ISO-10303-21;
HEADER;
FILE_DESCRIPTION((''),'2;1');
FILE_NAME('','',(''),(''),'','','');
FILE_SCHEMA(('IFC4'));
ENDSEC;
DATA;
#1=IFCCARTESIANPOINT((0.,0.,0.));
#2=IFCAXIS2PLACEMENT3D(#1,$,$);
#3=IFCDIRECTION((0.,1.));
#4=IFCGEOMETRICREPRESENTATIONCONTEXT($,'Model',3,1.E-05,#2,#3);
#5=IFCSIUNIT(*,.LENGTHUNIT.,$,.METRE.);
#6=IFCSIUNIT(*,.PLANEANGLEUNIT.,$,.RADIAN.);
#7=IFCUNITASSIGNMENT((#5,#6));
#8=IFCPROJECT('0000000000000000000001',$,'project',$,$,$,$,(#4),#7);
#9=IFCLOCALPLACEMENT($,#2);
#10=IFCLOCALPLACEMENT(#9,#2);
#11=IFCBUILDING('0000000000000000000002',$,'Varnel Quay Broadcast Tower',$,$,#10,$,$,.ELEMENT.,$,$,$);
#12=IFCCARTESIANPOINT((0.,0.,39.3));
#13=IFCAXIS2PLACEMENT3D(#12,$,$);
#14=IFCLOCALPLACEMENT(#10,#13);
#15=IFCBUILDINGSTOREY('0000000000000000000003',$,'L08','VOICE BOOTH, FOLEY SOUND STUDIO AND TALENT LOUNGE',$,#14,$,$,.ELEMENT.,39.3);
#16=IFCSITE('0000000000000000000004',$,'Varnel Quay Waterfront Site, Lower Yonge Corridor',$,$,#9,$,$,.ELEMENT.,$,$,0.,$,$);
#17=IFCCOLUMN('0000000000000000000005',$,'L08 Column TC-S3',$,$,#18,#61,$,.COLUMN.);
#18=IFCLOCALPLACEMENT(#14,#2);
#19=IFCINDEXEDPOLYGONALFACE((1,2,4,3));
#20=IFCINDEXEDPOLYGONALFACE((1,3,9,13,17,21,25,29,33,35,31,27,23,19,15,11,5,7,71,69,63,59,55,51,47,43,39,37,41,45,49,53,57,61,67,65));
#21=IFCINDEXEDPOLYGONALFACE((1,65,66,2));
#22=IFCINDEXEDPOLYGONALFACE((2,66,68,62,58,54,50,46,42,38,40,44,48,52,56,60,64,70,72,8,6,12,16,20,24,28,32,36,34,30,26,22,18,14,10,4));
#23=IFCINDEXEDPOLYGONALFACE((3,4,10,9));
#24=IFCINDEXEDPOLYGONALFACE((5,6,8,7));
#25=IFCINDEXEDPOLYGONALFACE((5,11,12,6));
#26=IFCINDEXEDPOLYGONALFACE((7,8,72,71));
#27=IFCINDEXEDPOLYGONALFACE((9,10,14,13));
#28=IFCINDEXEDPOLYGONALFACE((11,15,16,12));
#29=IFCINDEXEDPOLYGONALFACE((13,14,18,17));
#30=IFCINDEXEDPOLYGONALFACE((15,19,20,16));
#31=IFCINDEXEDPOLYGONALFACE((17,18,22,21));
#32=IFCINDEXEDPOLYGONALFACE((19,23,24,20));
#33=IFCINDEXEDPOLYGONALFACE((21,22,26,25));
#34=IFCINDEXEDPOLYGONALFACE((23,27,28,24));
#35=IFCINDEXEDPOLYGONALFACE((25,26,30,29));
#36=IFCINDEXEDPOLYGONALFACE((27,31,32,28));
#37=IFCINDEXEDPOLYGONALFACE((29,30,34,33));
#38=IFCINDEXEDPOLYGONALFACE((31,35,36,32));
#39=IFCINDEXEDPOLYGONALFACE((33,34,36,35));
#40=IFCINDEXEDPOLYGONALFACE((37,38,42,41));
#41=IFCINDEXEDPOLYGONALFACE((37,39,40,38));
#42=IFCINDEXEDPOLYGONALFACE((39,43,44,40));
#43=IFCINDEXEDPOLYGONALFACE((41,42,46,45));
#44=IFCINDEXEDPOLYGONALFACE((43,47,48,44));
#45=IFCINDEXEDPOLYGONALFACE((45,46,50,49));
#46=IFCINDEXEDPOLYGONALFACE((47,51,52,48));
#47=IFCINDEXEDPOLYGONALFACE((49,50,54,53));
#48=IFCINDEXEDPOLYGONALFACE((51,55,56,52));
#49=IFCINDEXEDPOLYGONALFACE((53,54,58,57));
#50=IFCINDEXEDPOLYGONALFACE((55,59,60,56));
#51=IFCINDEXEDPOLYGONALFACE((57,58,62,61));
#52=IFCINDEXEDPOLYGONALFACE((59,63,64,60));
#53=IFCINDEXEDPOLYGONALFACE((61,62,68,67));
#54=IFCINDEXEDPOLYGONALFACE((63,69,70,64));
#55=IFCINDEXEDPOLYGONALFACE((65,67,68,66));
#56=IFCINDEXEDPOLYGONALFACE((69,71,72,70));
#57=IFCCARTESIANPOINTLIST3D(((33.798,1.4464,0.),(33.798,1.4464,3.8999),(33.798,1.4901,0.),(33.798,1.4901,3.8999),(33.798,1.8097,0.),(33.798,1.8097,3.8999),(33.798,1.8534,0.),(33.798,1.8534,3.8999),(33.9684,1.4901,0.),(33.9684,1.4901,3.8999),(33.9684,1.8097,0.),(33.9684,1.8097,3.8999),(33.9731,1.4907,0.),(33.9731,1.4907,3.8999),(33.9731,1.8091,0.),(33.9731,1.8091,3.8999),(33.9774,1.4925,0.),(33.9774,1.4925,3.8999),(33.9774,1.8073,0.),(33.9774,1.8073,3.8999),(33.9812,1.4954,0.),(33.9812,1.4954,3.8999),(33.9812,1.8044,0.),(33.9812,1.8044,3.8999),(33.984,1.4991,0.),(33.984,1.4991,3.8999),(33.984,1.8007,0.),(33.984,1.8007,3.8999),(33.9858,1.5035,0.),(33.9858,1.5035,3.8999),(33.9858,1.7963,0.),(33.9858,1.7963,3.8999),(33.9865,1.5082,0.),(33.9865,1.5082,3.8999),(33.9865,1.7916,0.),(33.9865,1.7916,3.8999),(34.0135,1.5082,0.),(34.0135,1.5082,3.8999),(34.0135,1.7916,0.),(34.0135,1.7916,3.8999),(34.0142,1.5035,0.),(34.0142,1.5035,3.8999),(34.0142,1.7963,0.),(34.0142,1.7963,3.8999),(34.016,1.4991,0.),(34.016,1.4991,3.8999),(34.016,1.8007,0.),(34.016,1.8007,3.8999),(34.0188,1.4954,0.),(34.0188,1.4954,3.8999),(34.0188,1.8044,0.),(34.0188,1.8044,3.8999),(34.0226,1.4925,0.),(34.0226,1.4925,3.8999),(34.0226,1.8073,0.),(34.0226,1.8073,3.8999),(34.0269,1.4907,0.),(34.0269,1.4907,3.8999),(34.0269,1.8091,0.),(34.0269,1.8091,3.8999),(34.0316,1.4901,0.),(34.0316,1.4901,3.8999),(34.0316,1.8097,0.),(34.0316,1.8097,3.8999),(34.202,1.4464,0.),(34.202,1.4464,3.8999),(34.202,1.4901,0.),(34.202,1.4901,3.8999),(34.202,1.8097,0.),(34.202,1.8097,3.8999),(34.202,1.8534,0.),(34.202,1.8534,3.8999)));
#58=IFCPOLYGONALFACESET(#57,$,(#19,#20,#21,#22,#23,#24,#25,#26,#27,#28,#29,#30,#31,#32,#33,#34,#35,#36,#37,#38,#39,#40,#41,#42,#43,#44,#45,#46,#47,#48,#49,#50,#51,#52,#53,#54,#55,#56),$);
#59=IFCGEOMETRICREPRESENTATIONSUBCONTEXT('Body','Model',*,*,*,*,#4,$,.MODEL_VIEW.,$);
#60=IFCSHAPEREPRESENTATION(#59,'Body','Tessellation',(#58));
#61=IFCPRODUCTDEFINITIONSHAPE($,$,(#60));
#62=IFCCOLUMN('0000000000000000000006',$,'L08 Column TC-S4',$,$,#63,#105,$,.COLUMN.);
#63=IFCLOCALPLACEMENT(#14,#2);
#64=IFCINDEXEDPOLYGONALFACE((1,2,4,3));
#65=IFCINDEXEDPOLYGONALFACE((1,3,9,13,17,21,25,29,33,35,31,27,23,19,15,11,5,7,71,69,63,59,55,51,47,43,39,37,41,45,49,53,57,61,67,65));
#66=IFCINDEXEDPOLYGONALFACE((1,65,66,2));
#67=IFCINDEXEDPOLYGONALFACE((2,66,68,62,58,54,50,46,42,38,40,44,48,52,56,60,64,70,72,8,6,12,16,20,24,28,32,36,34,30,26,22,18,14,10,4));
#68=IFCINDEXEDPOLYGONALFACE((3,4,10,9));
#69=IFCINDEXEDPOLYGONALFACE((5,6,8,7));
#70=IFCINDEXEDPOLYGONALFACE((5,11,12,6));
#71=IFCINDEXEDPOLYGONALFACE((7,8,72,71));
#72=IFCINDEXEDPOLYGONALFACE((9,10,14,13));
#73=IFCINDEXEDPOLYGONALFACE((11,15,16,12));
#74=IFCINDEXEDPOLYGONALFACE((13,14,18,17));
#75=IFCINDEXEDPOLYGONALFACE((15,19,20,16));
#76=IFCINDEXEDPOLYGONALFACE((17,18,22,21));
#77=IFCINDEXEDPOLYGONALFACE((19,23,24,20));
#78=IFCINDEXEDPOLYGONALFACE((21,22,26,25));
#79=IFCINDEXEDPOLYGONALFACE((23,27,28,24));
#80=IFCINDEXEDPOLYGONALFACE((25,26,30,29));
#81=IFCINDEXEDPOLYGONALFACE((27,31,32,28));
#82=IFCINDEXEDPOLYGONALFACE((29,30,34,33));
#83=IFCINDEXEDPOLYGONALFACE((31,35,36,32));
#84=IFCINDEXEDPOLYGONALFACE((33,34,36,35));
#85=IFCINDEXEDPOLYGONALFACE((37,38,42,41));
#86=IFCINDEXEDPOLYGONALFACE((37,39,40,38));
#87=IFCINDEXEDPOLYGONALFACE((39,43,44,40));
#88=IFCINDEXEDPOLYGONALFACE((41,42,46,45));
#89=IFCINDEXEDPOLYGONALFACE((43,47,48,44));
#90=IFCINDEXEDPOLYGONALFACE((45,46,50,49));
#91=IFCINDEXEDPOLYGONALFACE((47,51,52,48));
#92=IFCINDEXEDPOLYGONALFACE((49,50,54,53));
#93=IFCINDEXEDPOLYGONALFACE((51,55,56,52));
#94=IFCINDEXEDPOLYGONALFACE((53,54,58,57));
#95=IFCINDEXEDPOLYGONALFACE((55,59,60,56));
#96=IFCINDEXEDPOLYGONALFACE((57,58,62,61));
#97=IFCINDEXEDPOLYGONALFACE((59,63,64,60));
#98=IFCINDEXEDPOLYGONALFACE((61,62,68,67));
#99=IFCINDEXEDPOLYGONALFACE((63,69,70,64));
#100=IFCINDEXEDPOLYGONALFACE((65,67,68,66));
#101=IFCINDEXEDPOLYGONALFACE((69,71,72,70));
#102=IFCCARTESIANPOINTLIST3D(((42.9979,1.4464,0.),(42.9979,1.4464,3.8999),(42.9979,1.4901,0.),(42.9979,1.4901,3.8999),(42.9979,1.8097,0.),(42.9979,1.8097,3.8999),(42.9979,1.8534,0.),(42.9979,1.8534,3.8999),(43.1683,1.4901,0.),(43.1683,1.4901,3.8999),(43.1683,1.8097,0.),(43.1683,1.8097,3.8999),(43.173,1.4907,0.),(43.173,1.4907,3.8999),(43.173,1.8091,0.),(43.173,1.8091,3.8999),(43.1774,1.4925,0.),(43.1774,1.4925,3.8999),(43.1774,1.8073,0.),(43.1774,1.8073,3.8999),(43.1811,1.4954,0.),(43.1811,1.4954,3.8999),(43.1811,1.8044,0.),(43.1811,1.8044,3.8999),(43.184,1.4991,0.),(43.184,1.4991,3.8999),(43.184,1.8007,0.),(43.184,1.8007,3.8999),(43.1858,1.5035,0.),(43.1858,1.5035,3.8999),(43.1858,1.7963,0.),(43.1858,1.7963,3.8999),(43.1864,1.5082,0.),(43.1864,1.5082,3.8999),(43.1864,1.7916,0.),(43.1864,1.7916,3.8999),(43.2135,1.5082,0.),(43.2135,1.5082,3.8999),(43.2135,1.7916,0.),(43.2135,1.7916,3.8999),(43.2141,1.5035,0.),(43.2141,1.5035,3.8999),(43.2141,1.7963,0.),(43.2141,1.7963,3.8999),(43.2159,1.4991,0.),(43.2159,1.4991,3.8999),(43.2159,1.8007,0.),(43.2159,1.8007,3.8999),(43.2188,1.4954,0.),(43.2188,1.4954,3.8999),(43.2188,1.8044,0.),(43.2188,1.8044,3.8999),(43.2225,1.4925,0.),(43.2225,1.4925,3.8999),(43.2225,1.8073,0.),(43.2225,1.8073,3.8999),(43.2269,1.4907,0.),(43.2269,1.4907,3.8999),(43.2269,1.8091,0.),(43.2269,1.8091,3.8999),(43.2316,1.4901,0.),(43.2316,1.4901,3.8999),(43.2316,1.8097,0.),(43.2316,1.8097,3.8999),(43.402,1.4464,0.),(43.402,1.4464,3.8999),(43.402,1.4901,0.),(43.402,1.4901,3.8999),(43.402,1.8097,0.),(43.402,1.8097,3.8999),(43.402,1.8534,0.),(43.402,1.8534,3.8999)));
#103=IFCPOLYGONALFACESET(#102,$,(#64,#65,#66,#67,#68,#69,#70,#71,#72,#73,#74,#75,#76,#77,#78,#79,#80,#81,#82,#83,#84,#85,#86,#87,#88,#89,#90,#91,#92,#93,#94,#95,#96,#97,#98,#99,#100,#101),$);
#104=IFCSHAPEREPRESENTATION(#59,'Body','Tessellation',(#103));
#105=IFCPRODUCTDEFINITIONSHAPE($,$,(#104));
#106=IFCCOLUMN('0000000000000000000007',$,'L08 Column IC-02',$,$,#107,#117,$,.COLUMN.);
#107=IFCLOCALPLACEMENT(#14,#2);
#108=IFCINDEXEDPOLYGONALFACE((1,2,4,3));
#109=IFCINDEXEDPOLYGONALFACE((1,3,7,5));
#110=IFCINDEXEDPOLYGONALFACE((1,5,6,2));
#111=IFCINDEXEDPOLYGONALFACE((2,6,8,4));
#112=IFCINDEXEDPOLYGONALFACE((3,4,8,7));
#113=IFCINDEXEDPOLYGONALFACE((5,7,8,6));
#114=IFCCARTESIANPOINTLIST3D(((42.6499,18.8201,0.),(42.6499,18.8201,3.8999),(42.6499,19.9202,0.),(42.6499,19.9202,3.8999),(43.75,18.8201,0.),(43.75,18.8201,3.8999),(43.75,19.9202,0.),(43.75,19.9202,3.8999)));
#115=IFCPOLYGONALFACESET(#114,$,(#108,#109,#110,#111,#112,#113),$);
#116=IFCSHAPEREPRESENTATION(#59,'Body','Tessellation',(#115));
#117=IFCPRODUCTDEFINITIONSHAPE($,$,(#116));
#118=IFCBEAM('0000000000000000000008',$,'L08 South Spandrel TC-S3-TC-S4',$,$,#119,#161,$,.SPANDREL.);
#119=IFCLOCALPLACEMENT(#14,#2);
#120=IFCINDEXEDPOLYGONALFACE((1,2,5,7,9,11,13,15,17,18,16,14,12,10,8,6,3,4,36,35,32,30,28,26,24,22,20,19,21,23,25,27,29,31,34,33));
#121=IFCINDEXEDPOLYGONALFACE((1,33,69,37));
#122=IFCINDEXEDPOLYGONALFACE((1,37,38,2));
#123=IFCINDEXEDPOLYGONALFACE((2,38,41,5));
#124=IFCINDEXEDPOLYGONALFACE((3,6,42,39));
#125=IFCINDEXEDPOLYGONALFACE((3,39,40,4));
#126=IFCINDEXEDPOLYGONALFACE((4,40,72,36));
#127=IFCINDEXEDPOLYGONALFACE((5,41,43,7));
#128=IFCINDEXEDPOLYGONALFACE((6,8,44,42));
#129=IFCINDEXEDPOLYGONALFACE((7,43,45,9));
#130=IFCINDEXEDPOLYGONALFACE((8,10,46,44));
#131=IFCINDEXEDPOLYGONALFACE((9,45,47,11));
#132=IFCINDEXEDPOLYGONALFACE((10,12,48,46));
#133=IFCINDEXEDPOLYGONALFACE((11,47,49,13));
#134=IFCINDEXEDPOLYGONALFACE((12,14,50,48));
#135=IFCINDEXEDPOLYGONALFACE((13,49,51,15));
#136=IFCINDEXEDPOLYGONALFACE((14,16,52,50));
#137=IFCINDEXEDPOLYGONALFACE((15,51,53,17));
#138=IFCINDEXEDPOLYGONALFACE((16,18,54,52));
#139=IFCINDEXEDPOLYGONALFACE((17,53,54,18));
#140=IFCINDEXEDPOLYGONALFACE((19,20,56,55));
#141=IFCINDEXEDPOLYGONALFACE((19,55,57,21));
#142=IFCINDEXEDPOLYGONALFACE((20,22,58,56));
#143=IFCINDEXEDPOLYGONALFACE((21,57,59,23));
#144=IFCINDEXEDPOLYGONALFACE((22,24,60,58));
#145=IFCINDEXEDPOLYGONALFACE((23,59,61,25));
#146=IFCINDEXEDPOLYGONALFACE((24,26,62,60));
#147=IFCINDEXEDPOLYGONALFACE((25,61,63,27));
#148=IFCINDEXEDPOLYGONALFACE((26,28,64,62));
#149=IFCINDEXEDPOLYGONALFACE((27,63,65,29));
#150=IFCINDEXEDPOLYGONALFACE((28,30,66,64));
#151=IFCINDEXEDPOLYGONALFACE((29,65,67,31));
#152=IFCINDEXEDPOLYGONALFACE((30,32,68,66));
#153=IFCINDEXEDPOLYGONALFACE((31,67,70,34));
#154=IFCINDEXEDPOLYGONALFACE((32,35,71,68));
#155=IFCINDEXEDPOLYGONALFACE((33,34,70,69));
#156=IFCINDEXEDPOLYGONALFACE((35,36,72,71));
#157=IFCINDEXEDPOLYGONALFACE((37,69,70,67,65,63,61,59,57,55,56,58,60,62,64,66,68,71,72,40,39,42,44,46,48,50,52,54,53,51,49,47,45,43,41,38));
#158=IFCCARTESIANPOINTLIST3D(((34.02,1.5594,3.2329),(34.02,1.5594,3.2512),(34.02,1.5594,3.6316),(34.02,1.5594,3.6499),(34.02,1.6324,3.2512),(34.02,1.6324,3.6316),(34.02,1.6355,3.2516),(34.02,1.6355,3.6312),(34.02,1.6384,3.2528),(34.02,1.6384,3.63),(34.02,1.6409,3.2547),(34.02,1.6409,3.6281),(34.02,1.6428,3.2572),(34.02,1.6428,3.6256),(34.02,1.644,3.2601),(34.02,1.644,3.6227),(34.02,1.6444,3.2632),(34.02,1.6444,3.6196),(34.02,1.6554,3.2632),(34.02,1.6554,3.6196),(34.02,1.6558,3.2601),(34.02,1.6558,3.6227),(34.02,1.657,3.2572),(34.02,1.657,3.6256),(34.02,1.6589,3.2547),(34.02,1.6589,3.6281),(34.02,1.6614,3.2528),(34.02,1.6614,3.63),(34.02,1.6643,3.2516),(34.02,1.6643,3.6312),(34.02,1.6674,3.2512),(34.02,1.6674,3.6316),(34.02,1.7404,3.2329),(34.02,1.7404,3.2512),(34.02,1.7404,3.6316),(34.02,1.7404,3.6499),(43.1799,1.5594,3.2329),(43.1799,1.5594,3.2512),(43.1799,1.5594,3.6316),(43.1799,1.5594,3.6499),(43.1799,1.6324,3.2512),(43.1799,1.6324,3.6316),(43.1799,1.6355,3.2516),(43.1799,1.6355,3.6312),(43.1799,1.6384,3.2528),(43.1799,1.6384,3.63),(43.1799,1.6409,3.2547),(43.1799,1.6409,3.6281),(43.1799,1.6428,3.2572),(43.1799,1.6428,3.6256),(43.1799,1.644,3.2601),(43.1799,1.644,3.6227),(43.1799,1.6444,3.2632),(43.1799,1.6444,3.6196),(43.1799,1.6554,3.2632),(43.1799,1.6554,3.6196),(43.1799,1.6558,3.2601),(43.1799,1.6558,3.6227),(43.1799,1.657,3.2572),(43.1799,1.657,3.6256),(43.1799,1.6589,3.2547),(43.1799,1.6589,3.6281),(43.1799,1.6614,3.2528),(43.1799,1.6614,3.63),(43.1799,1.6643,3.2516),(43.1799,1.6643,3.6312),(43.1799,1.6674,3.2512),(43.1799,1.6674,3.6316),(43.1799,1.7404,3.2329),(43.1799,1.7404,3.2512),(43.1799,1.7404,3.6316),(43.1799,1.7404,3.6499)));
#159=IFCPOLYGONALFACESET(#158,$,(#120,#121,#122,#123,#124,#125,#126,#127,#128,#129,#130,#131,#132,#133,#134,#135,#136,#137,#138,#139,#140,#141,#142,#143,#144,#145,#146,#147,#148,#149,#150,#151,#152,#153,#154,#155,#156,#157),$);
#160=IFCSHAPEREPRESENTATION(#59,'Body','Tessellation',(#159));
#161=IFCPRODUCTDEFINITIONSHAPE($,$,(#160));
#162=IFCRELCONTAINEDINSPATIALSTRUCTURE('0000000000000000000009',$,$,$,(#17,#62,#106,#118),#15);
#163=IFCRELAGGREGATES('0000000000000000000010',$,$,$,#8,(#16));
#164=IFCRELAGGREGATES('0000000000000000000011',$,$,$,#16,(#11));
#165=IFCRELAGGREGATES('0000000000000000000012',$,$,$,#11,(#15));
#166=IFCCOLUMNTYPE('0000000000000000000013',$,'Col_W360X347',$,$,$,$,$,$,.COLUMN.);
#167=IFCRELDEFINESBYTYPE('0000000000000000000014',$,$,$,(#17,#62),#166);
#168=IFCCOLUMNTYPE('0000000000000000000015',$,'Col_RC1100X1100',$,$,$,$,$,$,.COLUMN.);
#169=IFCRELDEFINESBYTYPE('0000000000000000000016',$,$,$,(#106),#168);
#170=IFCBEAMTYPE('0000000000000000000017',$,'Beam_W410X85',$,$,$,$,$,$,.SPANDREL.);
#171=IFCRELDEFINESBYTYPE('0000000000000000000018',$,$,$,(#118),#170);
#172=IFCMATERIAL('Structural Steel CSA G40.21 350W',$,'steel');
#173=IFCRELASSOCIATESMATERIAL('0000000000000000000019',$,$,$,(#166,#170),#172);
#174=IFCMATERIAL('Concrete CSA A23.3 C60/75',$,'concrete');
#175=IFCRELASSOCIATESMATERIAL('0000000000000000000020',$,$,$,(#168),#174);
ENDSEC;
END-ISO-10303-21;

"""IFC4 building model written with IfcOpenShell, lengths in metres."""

from ifc_helpers import new_model, si_unit, direction, frame, origin, origin_2d, place, context, subcontext, project, spatial, rectangle, i_section, extrude, source, transform, mapped, material, material_profile, profile_set, type_object, type_shapes, element, save


model = new_model("IFC4")

# Units and contexts
model_context = context("Model", 3, precision=1e-05, world=origin(), true_north=direction((0.0, 1.0)))
body_context = subcontext(model_context, "Body", "Model", "MODEL_VIEW")
ifc_project = project(units=[si_unit("LENGTHUNIT", "METRE"), si_unit("PLANEANGLEUNIT", "RADIAN")], contexts=[model_context])

# Site, building, storey
site_placement = place(None, origin())
site = spatial("IfcSite", under=ifc_project, at=site_placement, Name="Varnel Quay Waterfront Site, Lower Yonge Corridor", CompositionType="ELEMENT", RefElevation=0.0)
building_placement = place(site_placement, origin())
building = spatial("IfcBuilding", under=site, at=building_placement, Name="Varnel Quay Broadcast Tower", CompositionType="ELEMENT")
storey_placement = place(building_placement, frame((0.0, 0.0, 39.3)))
storey = spatial("IfcBuildingStorey", under=building, at=storey_placement, Name="L08", Description="VOICE BOOTH, FOLEY SOUND STUDIO AND TALENT LOUNGE", CompositionType="ELEMENT", Elevation=39.3)

# Columns
ifc_material_1 = material(Name="Structural Steel CSA G40.21 350W", Category="steel")
ifc_material_profile_1 = material_profile(ifc_material_1, i_section(OverallWidth=0.4041, OverallDepth=0.407, WebThickness=0.0271, FlangeThickness=0.0437, FilletRadius=0.0181, at=origin_2d()), Name="W360X347")
ifc_profile_set_1 = profile_set([ifc_material_profile_1], Name="Structural Steel CSA G40.21 350W")
column_type_1 = type_object("IfcColumnType", Name="Col_W360X347", PredefinedType="COLUMN", material=ifc_profile_set_1)
shared_shape_1 = source(origin(), body_context, "Body", "SweptSolid", [
    extrude(i_section(OverallWidth=0.4041, OverallDepth=0.407, WebThickness=0.0271, FlangeThickness=0.0437, FilletRadius=0.0181, at=origin_2d()), origin(), (0.0, 0.0, 1.0), 3.8999),
])
type_shapes(column_type_1, [shared_shape_1])
for number, where, z_axis, x_axis, name in (
    (1, (34.0, 1.6499, 0.0), (0.0, 0.0, 1.0), (1.0, 0.0, 0.0), "L08 Column TC-S3"),
    (2, (43.2, 1.6499, 0.0), (0.0, 0.0, 1.0), (1.0, 0.0, 0.0), "L08 Column TC-S4"),
):
    element("IfcColumn", number, at=place(storey_placement, frame(where, z_axis=z_axis, x_axis=x_axis)), inside=storey, type_object=column_type_1, Name=name, PredefinedType="COLUMN", context=body_context, shape_type="MappedRepresentation", body=[
        mapped(shared_shape_1, transform((0.0, 0.0, 0.0), x_axis=(1.0, 0.0, 0.0), y_axis=(0.0, 1.0, 0.0), z_axis=(0.0, 0.0, 1.0), scale=1.0)),
    ])
ifc_material_2 = material(Name="Concrete CSA A23.3 C60/75", Category="concrete")
ifc_material_profile_2 = material_profile(ifc_material_2, rectangle(XDim=1.1001, YDim=1.1001, at=origin_2d()), Name="RC1100X1100")
ifc_profile_set_2 = profile_set([ifc_material_profile_2], Name="Concrete CSA A23.3 C60/75")
column_type_2 = type_object("IfcColumnType", Name="Col_RC1100X1100", PredefinedType="COLUMN", material=ifc_profile_set_2)
shared_shape_2 = source(origin(), body_context, "Body", "SweptSolid", [
    extrude(rectangle(XDim=1.1001, YDim=1.1001, at=origin_2d()), origin(), (0.0, 0.0, 1.0), 3.8999),
])
type_shapes(column_type_2, [shared_shape_2])
column_placement = place(storey_placement, frame((43.2, 19.3701, 0.0), z_axis=(0.0, 0.0, 1.0), x_axis=(1.0, 0.0, 0.0)))
element("IfcColumn", 3, at=column_placement, inside=storey, type_object=column_type_2, Name="L08 Column IC-02", PredefinedType="COLUMN", context=body_context, shape_type="MappedRepresentation", body=[
    mapped(shared_shape_2, transform((0.0, 0.0, 0.0), x_axis=(1.0, 0.0, 0.0), y_axis=(0.0, 1.0, 0.0), z_axis=(0.0, 0.0, 1.0), scale=1.0)),
])

# Beam
ifc_material_profile_3 = material_profile(ifc_material_1, i_section(OverallWidth=0.1809, OverallDepth=0.417, WebThickness=0.011, FlangeThickness=0.0183, FilletRadius=0.012, at=origin_2d()), Name="W410X85")
ifc_profile_set_3 = profile_set([ifc_material_profile_3], Name="Structural Steel CSA G40.21 350W")
beam_type_1 = type_object("IfcBeamType", Name="Beam_W410X85", PredefinedType="SPANDREL", material=ifc_profile_set_3)
shared_shape_3 = source(origin(), body_context, "Body", "SweptSolid", [
    extrude(i_section(OverallWidth=0.1809, OverallDepth=0.417, WebThickness=0.011, FlangeThickness=0.0183, FilletRadius=0.012, at=origin_2d()), origin(), (0.0, 0.0, 1.0), 9.1599),
])
type_shapes(beam_type_1, [shared_shape_3])
for number, where, z_axis, x_axis, name in (
    (4, (34.02, 1.6499, 3.4414), (1.0, 0.0, 0.0), (0.0, 1.0, 0.0), "L08 South Spandrel TC-S3-TC-S4"),
):
    element("IfcBeam", number, at=place(storey_placement, frame(where, z_axis=z_axis, x_axis=x_axis)), inside=storey, type_object=beam_type_1, Name=name, PredefinedType="SPANDREL", context=body_context, shape_type="MappedRepresentation", body=[
        mapped(shared_shape_3, transform((0.0, 0.0, 0.0), x_axis=(1.0, 0.0, 0.0), y_axis=(0.0, 1.0, 0.0), z_axis=(0.0, 0.0, 1.0), scale=1.0)),
    ])

save(model, "model.ifc")
